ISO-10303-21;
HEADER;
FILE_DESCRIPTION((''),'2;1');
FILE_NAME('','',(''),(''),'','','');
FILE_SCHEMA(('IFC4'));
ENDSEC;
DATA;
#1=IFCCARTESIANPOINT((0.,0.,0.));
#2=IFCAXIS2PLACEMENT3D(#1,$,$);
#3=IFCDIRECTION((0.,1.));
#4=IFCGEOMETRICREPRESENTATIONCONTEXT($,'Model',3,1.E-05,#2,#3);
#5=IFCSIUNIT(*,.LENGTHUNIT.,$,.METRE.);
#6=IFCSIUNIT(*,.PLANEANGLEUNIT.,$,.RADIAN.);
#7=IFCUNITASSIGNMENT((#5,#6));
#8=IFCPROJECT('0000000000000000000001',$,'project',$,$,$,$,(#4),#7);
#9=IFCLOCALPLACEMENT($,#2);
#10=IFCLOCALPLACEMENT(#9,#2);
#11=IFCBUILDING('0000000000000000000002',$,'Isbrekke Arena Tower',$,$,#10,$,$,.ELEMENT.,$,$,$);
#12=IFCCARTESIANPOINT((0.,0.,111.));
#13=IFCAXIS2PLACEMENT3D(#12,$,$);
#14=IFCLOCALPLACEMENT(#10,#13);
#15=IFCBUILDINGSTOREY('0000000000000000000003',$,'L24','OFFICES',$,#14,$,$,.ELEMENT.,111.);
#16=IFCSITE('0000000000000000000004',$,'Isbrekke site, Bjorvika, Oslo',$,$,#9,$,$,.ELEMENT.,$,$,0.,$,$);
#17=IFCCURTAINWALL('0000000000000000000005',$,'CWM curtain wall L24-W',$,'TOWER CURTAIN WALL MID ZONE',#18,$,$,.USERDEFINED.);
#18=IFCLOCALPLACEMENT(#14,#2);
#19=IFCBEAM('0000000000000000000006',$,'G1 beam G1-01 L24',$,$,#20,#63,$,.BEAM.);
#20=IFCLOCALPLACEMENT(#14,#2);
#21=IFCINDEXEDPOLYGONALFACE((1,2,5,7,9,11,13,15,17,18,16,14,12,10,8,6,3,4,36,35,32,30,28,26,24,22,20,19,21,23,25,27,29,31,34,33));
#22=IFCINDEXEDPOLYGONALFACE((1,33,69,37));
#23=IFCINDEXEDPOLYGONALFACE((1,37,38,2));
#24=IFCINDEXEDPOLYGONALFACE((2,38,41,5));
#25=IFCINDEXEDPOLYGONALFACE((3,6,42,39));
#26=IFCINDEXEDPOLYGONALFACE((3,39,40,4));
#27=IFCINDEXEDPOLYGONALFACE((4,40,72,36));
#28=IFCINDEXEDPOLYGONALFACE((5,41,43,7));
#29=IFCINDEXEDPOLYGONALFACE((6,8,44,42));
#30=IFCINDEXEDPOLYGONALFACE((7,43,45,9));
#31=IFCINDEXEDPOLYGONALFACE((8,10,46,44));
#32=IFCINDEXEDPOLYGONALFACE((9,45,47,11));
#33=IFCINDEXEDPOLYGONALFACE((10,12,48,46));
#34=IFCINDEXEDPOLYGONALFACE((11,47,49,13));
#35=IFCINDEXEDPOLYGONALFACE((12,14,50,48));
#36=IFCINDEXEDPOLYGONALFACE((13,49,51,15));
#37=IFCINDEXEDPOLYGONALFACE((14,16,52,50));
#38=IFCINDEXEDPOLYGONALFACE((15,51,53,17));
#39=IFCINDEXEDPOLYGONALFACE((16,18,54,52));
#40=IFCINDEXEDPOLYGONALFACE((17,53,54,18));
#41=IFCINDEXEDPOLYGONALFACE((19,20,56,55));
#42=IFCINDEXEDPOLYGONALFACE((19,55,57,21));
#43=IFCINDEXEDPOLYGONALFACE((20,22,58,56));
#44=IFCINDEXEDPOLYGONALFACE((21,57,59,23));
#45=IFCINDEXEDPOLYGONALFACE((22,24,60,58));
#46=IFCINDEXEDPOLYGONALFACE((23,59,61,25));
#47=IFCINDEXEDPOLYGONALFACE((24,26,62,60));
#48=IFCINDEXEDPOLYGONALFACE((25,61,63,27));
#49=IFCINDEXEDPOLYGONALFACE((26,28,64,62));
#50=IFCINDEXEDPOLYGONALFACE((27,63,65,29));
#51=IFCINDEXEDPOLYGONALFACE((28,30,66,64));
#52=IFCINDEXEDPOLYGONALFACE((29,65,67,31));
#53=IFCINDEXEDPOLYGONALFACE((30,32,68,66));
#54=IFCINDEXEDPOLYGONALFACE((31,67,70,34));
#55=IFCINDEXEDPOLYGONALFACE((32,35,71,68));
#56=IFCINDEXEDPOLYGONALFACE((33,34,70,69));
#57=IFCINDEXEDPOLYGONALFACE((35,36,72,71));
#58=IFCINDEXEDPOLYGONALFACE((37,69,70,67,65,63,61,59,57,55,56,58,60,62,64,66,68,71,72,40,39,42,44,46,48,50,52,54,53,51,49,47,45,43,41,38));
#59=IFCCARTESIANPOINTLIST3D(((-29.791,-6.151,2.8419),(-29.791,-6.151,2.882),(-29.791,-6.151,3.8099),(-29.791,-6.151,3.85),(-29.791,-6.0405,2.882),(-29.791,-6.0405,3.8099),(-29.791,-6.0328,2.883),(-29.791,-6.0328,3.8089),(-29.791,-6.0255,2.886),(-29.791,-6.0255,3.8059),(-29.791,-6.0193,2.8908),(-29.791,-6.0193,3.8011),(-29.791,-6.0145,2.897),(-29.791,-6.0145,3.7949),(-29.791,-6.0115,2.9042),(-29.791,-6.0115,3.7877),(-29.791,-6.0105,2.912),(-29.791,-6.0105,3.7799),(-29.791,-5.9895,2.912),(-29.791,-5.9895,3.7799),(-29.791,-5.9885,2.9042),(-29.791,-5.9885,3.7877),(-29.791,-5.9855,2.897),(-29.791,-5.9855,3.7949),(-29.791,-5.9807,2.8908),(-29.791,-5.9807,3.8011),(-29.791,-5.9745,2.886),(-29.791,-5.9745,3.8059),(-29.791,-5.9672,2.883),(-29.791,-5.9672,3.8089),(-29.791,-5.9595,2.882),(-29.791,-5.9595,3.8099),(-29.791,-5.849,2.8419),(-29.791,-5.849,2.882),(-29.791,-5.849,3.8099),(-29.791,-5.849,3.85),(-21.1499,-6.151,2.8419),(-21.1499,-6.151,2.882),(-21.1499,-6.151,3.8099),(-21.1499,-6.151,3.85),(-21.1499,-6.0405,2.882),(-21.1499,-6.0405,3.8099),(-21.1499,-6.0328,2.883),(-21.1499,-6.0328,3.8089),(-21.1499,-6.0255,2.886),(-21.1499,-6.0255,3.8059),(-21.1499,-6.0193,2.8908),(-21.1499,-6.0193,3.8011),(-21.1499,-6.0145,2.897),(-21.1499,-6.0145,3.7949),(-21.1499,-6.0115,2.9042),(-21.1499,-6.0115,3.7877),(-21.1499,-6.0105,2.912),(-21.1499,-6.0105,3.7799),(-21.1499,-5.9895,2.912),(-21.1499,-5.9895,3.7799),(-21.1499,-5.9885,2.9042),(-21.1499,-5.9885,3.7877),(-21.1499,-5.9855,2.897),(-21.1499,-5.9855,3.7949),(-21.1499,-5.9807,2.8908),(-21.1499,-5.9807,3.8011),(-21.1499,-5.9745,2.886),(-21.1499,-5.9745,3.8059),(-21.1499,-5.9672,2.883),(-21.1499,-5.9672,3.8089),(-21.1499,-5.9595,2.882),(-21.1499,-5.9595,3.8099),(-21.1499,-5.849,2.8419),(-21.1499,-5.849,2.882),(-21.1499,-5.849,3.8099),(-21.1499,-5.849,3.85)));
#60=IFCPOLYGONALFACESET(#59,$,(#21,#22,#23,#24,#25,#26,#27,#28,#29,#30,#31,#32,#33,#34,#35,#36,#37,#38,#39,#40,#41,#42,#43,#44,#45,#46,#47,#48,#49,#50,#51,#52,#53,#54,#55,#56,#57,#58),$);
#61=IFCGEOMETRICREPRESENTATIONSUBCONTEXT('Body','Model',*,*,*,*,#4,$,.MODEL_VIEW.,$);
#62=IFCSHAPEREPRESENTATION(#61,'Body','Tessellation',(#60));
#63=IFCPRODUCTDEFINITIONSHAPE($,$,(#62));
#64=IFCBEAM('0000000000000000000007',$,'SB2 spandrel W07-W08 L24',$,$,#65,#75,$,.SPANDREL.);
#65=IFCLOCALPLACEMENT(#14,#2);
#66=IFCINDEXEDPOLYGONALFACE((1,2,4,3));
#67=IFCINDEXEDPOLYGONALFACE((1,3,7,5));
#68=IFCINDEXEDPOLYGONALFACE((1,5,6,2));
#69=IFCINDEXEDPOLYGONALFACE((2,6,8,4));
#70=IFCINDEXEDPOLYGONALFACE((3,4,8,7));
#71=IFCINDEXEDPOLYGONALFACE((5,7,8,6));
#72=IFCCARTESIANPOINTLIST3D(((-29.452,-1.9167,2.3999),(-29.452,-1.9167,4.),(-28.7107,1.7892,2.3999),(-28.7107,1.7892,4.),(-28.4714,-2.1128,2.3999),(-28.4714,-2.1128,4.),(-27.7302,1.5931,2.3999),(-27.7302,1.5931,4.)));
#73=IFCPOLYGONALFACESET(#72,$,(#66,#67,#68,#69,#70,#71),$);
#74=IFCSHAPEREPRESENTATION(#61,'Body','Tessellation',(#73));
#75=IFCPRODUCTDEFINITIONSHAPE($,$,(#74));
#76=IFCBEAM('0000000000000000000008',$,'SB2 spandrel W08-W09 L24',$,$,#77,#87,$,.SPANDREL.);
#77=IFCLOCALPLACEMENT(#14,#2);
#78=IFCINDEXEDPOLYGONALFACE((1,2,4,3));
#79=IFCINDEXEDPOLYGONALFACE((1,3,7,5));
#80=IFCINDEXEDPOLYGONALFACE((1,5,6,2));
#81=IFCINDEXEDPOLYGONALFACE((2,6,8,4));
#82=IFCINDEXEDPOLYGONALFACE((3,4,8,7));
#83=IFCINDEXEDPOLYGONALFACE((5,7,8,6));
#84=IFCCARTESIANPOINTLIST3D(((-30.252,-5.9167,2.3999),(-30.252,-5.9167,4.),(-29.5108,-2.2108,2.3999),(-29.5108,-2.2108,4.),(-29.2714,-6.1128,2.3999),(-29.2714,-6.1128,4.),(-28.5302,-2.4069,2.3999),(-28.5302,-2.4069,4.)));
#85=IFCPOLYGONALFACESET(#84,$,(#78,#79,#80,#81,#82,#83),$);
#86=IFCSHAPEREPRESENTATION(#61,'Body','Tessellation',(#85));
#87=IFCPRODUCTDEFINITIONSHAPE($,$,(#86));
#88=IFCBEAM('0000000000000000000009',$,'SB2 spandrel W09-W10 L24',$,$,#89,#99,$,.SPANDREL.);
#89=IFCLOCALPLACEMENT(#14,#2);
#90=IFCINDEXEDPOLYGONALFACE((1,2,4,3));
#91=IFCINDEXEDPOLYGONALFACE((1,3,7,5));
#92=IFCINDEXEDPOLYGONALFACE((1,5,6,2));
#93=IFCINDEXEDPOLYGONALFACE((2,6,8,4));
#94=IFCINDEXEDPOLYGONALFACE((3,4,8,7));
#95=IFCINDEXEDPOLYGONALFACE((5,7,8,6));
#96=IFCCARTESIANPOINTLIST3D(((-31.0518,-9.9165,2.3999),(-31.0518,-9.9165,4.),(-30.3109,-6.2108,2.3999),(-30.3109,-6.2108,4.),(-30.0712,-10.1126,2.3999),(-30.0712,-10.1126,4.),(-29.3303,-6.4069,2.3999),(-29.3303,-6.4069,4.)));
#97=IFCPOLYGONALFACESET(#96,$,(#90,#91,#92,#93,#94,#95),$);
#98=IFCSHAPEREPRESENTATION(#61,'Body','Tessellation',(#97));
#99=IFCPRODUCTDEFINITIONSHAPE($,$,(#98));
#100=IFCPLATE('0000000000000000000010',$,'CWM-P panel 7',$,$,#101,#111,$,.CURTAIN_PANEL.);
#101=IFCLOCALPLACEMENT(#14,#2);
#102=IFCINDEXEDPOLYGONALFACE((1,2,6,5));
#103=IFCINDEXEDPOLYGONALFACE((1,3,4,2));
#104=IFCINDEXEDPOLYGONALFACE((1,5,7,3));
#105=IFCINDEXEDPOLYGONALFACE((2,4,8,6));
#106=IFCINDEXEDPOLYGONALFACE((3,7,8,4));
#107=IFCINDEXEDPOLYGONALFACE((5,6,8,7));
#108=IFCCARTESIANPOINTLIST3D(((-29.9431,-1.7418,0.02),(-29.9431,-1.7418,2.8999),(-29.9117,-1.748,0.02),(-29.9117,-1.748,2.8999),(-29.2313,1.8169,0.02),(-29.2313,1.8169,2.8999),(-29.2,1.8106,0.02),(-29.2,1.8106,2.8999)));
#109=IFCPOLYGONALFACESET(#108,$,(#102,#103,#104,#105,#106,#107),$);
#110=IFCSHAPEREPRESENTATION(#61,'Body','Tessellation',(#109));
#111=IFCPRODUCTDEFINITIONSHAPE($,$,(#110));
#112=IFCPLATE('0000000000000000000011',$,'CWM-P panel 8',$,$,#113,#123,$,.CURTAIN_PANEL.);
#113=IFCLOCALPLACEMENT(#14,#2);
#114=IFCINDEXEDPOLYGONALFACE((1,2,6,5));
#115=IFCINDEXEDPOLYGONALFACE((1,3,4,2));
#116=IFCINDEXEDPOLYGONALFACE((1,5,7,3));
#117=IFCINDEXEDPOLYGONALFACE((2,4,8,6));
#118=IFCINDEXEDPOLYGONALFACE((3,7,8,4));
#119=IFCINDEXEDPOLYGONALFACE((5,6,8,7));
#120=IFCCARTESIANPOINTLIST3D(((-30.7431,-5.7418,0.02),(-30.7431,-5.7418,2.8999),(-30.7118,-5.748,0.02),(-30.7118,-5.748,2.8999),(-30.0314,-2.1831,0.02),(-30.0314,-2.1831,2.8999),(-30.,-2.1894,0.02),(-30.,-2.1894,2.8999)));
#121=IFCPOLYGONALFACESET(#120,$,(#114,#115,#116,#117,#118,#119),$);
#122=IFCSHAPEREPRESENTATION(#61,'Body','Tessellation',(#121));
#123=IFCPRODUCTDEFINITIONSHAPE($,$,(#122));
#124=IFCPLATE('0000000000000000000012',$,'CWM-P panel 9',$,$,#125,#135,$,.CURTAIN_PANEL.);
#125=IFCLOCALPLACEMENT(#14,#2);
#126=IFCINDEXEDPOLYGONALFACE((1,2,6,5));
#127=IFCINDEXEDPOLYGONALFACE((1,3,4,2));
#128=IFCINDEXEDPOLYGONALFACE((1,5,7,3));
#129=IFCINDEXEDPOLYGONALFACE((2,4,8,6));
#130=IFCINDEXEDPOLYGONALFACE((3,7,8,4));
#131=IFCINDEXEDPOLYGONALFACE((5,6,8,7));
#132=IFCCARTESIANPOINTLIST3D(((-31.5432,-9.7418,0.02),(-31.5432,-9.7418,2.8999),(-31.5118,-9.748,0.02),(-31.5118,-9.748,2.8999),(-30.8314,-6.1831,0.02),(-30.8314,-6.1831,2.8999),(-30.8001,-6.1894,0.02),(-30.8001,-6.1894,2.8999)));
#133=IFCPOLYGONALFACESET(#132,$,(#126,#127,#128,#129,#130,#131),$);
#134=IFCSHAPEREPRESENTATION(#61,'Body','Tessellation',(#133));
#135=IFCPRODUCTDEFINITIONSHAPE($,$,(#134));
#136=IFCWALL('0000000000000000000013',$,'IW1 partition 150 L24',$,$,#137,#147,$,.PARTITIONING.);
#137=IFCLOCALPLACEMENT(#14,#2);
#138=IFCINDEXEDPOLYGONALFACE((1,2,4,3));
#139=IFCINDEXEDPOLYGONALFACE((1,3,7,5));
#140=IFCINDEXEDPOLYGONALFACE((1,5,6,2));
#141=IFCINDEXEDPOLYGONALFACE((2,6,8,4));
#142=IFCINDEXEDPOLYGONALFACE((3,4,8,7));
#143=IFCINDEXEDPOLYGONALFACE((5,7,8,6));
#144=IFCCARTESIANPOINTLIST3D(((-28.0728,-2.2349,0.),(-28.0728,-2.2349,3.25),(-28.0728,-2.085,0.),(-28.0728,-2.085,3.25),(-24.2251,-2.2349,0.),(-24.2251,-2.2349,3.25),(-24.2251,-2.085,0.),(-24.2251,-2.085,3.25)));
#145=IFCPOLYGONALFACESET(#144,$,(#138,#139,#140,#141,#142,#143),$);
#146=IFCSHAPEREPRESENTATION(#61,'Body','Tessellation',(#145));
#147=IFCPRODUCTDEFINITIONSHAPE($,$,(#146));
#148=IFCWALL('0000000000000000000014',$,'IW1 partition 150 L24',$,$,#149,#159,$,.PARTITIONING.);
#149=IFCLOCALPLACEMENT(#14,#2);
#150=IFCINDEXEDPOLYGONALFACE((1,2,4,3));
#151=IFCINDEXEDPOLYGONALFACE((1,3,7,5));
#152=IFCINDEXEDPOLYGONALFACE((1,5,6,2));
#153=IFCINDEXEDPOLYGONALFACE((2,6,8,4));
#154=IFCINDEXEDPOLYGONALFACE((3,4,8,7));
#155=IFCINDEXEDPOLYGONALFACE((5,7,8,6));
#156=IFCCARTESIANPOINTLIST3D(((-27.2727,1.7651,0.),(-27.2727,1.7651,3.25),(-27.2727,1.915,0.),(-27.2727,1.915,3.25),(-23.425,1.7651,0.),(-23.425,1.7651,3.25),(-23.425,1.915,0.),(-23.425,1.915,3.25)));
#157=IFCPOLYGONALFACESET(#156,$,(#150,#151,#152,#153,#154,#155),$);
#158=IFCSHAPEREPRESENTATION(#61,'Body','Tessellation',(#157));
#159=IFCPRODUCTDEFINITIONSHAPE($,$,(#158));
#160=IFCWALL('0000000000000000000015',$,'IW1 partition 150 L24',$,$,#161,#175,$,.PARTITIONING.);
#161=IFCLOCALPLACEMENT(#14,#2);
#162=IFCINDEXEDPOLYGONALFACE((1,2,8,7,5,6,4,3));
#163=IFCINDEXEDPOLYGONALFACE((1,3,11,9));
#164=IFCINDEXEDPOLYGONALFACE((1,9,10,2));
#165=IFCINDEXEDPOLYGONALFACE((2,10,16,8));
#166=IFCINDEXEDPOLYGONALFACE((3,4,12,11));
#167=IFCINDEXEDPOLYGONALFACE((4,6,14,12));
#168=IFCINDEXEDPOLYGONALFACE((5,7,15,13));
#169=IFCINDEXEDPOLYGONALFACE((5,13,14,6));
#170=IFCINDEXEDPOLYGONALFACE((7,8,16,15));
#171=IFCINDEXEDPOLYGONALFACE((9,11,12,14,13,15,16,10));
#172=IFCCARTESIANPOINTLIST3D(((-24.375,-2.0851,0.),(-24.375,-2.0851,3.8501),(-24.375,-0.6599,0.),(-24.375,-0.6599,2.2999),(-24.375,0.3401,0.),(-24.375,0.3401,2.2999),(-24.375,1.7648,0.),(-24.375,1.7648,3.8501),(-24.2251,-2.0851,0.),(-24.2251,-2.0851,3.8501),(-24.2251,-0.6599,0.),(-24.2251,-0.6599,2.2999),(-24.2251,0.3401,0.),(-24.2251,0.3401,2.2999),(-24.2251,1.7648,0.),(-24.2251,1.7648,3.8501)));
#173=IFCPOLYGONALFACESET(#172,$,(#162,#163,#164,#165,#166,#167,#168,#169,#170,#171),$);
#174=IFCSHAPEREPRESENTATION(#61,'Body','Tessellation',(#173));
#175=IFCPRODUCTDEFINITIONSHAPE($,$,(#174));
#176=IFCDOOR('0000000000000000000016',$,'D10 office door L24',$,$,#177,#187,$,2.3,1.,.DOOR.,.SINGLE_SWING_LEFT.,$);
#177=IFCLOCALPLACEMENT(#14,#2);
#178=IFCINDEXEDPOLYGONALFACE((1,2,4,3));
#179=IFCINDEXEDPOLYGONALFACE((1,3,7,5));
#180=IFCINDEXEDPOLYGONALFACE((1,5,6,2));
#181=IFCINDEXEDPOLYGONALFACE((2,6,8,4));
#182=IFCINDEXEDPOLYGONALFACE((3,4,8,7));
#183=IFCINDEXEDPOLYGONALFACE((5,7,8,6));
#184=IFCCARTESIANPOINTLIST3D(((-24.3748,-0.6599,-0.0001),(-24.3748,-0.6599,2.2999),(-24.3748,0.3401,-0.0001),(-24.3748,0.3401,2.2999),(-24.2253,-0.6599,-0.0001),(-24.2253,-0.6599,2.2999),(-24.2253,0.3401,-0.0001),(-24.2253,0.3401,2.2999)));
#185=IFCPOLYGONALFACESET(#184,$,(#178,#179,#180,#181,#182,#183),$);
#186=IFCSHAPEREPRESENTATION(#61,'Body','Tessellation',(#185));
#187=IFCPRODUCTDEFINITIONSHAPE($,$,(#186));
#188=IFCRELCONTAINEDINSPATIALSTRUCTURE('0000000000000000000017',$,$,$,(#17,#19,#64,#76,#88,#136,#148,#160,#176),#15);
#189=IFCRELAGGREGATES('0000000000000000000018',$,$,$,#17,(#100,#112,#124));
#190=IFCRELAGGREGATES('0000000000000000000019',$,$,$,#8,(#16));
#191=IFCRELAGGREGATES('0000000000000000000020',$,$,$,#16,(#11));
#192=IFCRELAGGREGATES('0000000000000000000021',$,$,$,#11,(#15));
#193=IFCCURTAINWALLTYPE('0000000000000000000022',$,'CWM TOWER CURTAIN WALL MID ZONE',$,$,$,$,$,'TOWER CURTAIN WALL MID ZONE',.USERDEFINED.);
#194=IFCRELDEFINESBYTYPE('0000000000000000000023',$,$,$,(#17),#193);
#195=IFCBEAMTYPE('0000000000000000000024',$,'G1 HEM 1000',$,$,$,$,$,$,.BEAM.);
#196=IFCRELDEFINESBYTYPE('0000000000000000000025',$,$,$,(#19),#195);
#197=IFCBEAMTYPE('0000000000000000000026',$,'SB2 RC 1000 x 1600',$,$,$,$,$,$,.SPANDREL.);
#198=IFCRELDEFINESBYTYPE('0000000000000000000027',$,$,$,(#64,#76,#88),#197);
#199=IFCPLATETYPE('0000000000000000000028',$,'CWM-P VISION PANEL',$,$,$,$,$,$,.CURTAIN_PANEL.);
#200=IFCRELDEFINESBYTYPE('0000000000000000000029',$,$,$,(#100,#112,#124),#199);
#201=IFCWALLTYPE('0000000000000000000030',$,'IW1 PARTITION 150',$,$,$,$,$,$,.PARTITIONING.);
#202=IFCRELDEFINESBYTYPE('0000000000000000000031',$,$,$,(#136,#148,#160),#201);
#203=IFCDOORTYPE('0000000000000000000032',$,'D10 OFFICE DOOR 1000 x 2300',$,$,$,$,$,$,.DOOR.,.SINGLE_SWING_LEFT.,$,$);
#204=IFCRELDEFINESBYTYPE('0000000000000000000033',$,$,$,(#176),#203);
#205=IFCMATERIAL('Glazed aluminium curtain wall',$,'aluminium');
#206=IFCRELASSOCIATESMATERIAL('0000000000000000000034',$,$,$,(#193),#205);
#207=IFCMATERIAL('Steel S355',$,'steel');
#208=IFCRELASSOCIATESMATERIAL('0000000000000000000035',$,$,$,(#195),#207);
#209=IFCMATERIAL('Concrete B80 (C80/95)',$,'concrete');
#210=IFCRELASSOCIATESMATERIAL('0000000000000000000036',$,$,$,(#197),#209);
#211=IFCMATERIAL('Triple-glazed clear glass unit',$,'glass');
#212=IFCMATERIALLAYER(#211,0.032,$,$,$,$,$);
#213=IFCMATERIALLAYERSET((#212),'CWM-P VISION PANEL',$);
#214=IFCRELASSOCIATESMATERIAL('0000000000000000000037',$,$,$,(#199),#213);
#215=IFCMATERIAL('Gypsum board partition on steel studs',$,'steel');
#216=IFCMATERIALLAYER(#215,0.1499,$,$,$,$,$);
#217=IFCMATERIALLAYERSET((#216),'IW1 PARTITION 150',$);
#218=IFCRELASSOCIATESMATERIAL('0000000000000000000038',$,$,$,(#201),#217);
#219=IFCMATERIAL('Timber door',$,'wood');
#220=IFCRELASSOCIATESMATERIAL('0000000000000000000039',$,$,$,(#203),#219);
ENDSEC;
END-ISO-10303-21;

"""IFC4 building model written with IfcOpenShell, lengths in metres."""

from ifc_helpers import new_model, si_unit, direction, frame, frame_2d, origin, origin_2d, place, context, subcontext, project, spatial, rectangle, i_section, extrude, material, layer, layer_set, material_profile, profile_set, type_object, element, fill, aggregate, save


model = new_model("IFC4")

# Units and contexts
model_context = context("Model", 3, precision=1e-05, world=origin(), true_north=direction((0.0, 1.0)))
body_context = subcontext(model_context, "Body", "Model", "MODEL_VIEW")
ifc_project = project(units=[si_unit("LENGTHUNIT", "METRE"), si_unit("PLANEANGLEUNIT", "RADIAN")], contexts=[model_context])

# Site, building, storey
site_placement = place(None, origin())
site = spatial("IfcSite", under=ifc_project, at=site_placement, Name="Isbrekke site, Bjorvika, Oslo", CompositionType="ELEMENT", RefElevation=0.0)
building_placement = place(site_placement, origin())
building = spatial("IfcBuilding", under=site, at=building_placement, Name="Isbrekke Arena Tower", CompositionType="ELEMENT")
storey_placement = place(building_placement, frame((0.0, 0.0, 111.0)))
storey = spatial("IfcBuildingStorey", under=building, at=storey_placement, Name="L24", Description="OFFICES", CompositionType="ELEMENT", Elevation=111.0)

# Curtain wall
ifc_material_1 = material(Name="Glazed aluminium curtain wall", Category="aluminium")
curtain_wall_type = type_object("IfcCurtainWallType", Name="CWM TOWER CURTAIN WALL MID ZONE", ElementType="TOWER CURTAIN WALL MID ZONE", PredefinedType="USERDEFINED", material=ifc_material_1)
curtain_wall_placement = place(storey_placement, origin())
curtain_wall = element("IfcCurtainWall", 1, at=curtain_wall_placement, inside=storey, type_object=curtain_wall_type, Name="CWM curtain wall L24-W", ObjectType="TOWER CURTAIN WALL MID ZONE", PredefinedType="USERDEFINED")

# Beams
ifc_material_2 = material(Name="Steel S355", Category="steel")
ifc_material_profile_1 = material_profile(ifc_material_2, i_section(OverallWidth=0.302, OverallDepth=1.0081, WebThickness=0.021, FlangeThickness=0.04, FilletRadius=0.03, at=origin_2d()), Name="HEM 1000")
ifc_profile_set_1 = profile_set([ifc_material_profile_1], Name="Steel S355")
beam_type_1 = type_object("IfcBeamType", Name="G1 HEM 1000", PredefinedType="BEAM", material=ifc_profile_set_1)
beam_1_placement = place(storey_placement, frame((-29.791, -6.0, 3.3459), z_axis=(1.0, 0.0, 0.0), x_axis=(0.0, 1.0, 0.0)))
element("IfcBeam", 2, at=beam_1_placement, inside=storey, type_object=beam_type_1, Name="G1 beam G1-01 L24", PredefinedType="BEAM", context=body_context, shape_type="SweptSolid", body=[
    extrude(i_section(OverallWidth=0.302, OverallDepth=1.0081, WebThickness=0.021, FlangeThickness=0.04, FilletRadius=0.03, at=origin_2d()), origin(), (0.0, 0.0, 1.0), 8.6411),
])
ifc_material_3 = material(Name="Concrete B80 (C80/95)", Category="concrete")
ifc_material_profile_2 = material_profile(ifc_material_3, rectangle(XDim=1.0, YDim=1.6001, at=origin_2d()), Name="RC 1000x1600")
ifc_profile_set_2 = profile_set([ifc_material_profile_2], Name="Concrete B80 (C80/95)")
beam_type_2 = type_object("IfcBeamType", Name="SB2 RC 1000 x 1600", PredefinedType="SPANDREL", material=ifc_profile_set_2)
for number, where, z_axis, x_axis, name in (
    (3, (-28.2205, 1.6912, 3.2), (-0.196129, -0.980578, 0.0), (0.980578, -0.196129, 0.0), "SB2 spandrel W07-W08 L24"),
    (4, (-29.0205, -2.3088, 3.2), (-0.196129, -0.980578, 0.0), (0.980578, -0.196129, 0.0), "SB2 spandrel W08-W09 L24"),
):
    element("IfcBeam", number, at=place(storey_placement, frame(where, z_axis=z_axis, x_axis=x_axis)), inside=storey, type_object=beam_type_2, Name=name, PredefinedType="SPANDREL", context=body_context, shape_type="SweptSolid", body=[
        extrude(rectangle(XDim=1.0, YDim=1.6001, at=origin_2d()), origin(), (0.0, 0.0, 1.0), 3.7793),
    ])
beam_2_placement = place(storey_placement, frame((-29.8206, -6.3088, 3.2), z_axis=(-0.196066, -0.980591, 0.0), x_axis=(0.980591, -0.196066, 0.0)))
element("IfcBeam", 5, at=beam_2_placement, inside=storey, type_object=beam_type_2, Name="SB2 spandrel W09-W10 L24", PredefinedType="SPANDREL", context=body_context, shape_type="SweptSolid", body=[
    extrude(rectangle(XDim=1.0, YDim=1.6001, at=origin_2d()), origin(), (0.0, 0.0, 1.0), 3.7791),
])

# Plates
ifc_material_4 = material(Name="Triple-glazed clear glass unit", Category="glass")
ifc_layer_1 = layer(ifc_material_4, 0.032)
ifc_layer_set_1 = layer_set([ifc_layer_1], Name="CWM-P VISION PANEL")
plate_type = type_object("IfcPlateType", Name="CWM-P VISION PANEL", PredefinedType="CURTAIN_PANEL", material=ifc_layer_set_1)
plate_1_placement = place(storey_placement, frame((-29.5715, 0.0344, 0.02), z_axis=(0.0, 0.0, 1.0), x_axis=(-0.196116, -0.980581, 0.0)))
plate_1 = element("IfcPlate", 6, at=plate_1_placement, type_object=plate_type, Name="CWM-P panel 7", PredefinedType="CURTAIN_PANEL", context=body_context, shape_type="SweptSolid", body=[
    extrude(rectangle(XDim=3.6292, YDim=0.032, at=origin_2d()), origin(), (0.0, 0.0, 1.0), 2.8799),
])
plate_2_placement = place(storey_placement, frame((-30.3716, -3.9656, 0.02), z_axis=(0.0, 0.0, 1.0), x_axis=(-0.196116, -0.980581, 0.0)))
plate_2 = element("IfcPlate", 7, at=plate_2_placement, type_object=plate_type, Name="CWM-P panel 8", PredefinedType="CURTAIN_PANEL", context=body_context, shape_type="SweptSolid", body=[
    extrude(rectangle(XDim=3.6292, YDim=0.032, at=origin_2d()), origin(), (0.0, 0.0, 1.0), 2.8799),
])
plate_3_placement = place(storey_placement, frame((-31.1716, -7.9656, 0.02), z_axis=(0.0, 0.0, 1.0), x_axis=(-0.196116, -0.980581, 0.0)))
plate_3 = element("IfcPlate", 8, at=plate_3_placement, type_object=plate_type, Name="CWM-P panel 9", PredefinedType="CURTAIN_PANEL", context=body_context, shape_type="SweptSolid", body=[
    extrude(rectangle(XDim=3.6292, YDim=0.032, at=origin_2d()), origin(), (0.0, 0.0, 1.0), 2.8799),
])
aggregate(curtain_wall, [plate_1, plate_2, plate_3])

# Walls
ifc_material_5 = material(Name="Gypsum board partition on steel studs", Category="steel")
ifc_layer_2 = layer(ifc_material_5, 0.1499)
ifc_layer_set_2 = layer_set([ifc_layer_2], Name="IW1 PARTITION 150")
wall_type = type_object("IfcWallType", Name="IW1 PARTITION 150", PredefinedType="PARTITIONING", material=ifc_layer_set_2)
for number, where, z_axis, x_axis, name in (
    (9, (-28.0728, -2.1599, 0.0), (0.0, 0.0, 1.0), (1.0, 0.0, 0.0), "IW1 partition 150 L24"),
    (10, (-27.2727, 1.8401, 0.0), (0.0, 0.0, 1.0), (1.0, 0.0, 0.0), "IW1 partition 150 L24"),
):
    element("IfcWall", number, at=place(storey_placement, frame(where, z_axis=z_axis, x_axis=x_axis)), inside=storey, type_object=wall_type, Name=name, PredefinedType="PARTITIONING", context=body_context, shape_type="SweptSolid", body=[
        extrude(rectangle(XDim=3.8477, YDim=0.1499, at=frame_2d((1.9238, 0.0))), origin(), (0.0, 0.0, 1.0), 3.25),
    ])

# Wall, opening, door
wall_1_placement = place(storey_placement, frame((-24.3, -2.085, 0.0), z_axis=(0.0, 0.0, 1.0), x_axis=(0.0, 1.0, 0.0)))
wall_1 = element("IfcWall", 11, at=wall_1_placement, inside=storey, type_object=wall_type, Name="IW1 partition 150 L24", PredefinedType="PARTITIONING", context=body_context, shape_type="SweptSolid", body=[
    extrude(rectangle(XDim=3.8499, YDim=0.1499, at=frame_2d((1.9248, 0.0))), origin(), (0.0, 0.0, 1.0), 3.8501),
])
opening_1_placement = place(wall_1_placement, frame((1.425, 0.0, 0.0)))
opening_1 = element("IfcOpeningElement", 12, at=opening_1_placement, cuts=wall_1, PredefinedType="OPENING", context=body_context, shape_type="SweptSolid", body=[
    extrude(rectangle(XDim=1.0, YDim=2.3, at=frame_2d((0.5, 1.1499))), frame((0.0, 0.0898, 0.0), z_axis=(0.0, -1.0, 0.0), x_axis=(1.0, 0.0, 0.0)), (0.0, 0.0, 1.0), 0.1797),
])
ifc_material_6 = material(Name="Timber door", Category="wood")
door_type = type_object("IfcDoorType", Name="D10 OFFICE DOOR 1000 x 2300", OperationType="SINGLE_SWING_LEFT", PredefinedType="DOOR", material=ifc_material_6)
door_1_placement = place(opening_1_placement, origin())
door_1 = element("IfcDoor", 13, at=door_1_placement, inside=storey, type_object=door_type, Name="D10 office door L24", OperationType="SINGLE_SWING_LEFT", OverallHeight=2.3, OverallWidth=1.0, PredefinedType="DOOR", context=body_context, shape_type="SweptSolid", body=[
    extrude(rectangle(XDim=1.0, YDim=2.3, at=frame_2d((0.5, 1.1499))), frame((0.0, 0.0747, 0.0), z_axis=(0.0, -1.0, 0.0), x_axis=(1.0, 0.0, 0.0)), (0.0, 0.0, 1.0), 0.1494),
])
fill(opening_1, door_1)

save(model, "model.ifc")
